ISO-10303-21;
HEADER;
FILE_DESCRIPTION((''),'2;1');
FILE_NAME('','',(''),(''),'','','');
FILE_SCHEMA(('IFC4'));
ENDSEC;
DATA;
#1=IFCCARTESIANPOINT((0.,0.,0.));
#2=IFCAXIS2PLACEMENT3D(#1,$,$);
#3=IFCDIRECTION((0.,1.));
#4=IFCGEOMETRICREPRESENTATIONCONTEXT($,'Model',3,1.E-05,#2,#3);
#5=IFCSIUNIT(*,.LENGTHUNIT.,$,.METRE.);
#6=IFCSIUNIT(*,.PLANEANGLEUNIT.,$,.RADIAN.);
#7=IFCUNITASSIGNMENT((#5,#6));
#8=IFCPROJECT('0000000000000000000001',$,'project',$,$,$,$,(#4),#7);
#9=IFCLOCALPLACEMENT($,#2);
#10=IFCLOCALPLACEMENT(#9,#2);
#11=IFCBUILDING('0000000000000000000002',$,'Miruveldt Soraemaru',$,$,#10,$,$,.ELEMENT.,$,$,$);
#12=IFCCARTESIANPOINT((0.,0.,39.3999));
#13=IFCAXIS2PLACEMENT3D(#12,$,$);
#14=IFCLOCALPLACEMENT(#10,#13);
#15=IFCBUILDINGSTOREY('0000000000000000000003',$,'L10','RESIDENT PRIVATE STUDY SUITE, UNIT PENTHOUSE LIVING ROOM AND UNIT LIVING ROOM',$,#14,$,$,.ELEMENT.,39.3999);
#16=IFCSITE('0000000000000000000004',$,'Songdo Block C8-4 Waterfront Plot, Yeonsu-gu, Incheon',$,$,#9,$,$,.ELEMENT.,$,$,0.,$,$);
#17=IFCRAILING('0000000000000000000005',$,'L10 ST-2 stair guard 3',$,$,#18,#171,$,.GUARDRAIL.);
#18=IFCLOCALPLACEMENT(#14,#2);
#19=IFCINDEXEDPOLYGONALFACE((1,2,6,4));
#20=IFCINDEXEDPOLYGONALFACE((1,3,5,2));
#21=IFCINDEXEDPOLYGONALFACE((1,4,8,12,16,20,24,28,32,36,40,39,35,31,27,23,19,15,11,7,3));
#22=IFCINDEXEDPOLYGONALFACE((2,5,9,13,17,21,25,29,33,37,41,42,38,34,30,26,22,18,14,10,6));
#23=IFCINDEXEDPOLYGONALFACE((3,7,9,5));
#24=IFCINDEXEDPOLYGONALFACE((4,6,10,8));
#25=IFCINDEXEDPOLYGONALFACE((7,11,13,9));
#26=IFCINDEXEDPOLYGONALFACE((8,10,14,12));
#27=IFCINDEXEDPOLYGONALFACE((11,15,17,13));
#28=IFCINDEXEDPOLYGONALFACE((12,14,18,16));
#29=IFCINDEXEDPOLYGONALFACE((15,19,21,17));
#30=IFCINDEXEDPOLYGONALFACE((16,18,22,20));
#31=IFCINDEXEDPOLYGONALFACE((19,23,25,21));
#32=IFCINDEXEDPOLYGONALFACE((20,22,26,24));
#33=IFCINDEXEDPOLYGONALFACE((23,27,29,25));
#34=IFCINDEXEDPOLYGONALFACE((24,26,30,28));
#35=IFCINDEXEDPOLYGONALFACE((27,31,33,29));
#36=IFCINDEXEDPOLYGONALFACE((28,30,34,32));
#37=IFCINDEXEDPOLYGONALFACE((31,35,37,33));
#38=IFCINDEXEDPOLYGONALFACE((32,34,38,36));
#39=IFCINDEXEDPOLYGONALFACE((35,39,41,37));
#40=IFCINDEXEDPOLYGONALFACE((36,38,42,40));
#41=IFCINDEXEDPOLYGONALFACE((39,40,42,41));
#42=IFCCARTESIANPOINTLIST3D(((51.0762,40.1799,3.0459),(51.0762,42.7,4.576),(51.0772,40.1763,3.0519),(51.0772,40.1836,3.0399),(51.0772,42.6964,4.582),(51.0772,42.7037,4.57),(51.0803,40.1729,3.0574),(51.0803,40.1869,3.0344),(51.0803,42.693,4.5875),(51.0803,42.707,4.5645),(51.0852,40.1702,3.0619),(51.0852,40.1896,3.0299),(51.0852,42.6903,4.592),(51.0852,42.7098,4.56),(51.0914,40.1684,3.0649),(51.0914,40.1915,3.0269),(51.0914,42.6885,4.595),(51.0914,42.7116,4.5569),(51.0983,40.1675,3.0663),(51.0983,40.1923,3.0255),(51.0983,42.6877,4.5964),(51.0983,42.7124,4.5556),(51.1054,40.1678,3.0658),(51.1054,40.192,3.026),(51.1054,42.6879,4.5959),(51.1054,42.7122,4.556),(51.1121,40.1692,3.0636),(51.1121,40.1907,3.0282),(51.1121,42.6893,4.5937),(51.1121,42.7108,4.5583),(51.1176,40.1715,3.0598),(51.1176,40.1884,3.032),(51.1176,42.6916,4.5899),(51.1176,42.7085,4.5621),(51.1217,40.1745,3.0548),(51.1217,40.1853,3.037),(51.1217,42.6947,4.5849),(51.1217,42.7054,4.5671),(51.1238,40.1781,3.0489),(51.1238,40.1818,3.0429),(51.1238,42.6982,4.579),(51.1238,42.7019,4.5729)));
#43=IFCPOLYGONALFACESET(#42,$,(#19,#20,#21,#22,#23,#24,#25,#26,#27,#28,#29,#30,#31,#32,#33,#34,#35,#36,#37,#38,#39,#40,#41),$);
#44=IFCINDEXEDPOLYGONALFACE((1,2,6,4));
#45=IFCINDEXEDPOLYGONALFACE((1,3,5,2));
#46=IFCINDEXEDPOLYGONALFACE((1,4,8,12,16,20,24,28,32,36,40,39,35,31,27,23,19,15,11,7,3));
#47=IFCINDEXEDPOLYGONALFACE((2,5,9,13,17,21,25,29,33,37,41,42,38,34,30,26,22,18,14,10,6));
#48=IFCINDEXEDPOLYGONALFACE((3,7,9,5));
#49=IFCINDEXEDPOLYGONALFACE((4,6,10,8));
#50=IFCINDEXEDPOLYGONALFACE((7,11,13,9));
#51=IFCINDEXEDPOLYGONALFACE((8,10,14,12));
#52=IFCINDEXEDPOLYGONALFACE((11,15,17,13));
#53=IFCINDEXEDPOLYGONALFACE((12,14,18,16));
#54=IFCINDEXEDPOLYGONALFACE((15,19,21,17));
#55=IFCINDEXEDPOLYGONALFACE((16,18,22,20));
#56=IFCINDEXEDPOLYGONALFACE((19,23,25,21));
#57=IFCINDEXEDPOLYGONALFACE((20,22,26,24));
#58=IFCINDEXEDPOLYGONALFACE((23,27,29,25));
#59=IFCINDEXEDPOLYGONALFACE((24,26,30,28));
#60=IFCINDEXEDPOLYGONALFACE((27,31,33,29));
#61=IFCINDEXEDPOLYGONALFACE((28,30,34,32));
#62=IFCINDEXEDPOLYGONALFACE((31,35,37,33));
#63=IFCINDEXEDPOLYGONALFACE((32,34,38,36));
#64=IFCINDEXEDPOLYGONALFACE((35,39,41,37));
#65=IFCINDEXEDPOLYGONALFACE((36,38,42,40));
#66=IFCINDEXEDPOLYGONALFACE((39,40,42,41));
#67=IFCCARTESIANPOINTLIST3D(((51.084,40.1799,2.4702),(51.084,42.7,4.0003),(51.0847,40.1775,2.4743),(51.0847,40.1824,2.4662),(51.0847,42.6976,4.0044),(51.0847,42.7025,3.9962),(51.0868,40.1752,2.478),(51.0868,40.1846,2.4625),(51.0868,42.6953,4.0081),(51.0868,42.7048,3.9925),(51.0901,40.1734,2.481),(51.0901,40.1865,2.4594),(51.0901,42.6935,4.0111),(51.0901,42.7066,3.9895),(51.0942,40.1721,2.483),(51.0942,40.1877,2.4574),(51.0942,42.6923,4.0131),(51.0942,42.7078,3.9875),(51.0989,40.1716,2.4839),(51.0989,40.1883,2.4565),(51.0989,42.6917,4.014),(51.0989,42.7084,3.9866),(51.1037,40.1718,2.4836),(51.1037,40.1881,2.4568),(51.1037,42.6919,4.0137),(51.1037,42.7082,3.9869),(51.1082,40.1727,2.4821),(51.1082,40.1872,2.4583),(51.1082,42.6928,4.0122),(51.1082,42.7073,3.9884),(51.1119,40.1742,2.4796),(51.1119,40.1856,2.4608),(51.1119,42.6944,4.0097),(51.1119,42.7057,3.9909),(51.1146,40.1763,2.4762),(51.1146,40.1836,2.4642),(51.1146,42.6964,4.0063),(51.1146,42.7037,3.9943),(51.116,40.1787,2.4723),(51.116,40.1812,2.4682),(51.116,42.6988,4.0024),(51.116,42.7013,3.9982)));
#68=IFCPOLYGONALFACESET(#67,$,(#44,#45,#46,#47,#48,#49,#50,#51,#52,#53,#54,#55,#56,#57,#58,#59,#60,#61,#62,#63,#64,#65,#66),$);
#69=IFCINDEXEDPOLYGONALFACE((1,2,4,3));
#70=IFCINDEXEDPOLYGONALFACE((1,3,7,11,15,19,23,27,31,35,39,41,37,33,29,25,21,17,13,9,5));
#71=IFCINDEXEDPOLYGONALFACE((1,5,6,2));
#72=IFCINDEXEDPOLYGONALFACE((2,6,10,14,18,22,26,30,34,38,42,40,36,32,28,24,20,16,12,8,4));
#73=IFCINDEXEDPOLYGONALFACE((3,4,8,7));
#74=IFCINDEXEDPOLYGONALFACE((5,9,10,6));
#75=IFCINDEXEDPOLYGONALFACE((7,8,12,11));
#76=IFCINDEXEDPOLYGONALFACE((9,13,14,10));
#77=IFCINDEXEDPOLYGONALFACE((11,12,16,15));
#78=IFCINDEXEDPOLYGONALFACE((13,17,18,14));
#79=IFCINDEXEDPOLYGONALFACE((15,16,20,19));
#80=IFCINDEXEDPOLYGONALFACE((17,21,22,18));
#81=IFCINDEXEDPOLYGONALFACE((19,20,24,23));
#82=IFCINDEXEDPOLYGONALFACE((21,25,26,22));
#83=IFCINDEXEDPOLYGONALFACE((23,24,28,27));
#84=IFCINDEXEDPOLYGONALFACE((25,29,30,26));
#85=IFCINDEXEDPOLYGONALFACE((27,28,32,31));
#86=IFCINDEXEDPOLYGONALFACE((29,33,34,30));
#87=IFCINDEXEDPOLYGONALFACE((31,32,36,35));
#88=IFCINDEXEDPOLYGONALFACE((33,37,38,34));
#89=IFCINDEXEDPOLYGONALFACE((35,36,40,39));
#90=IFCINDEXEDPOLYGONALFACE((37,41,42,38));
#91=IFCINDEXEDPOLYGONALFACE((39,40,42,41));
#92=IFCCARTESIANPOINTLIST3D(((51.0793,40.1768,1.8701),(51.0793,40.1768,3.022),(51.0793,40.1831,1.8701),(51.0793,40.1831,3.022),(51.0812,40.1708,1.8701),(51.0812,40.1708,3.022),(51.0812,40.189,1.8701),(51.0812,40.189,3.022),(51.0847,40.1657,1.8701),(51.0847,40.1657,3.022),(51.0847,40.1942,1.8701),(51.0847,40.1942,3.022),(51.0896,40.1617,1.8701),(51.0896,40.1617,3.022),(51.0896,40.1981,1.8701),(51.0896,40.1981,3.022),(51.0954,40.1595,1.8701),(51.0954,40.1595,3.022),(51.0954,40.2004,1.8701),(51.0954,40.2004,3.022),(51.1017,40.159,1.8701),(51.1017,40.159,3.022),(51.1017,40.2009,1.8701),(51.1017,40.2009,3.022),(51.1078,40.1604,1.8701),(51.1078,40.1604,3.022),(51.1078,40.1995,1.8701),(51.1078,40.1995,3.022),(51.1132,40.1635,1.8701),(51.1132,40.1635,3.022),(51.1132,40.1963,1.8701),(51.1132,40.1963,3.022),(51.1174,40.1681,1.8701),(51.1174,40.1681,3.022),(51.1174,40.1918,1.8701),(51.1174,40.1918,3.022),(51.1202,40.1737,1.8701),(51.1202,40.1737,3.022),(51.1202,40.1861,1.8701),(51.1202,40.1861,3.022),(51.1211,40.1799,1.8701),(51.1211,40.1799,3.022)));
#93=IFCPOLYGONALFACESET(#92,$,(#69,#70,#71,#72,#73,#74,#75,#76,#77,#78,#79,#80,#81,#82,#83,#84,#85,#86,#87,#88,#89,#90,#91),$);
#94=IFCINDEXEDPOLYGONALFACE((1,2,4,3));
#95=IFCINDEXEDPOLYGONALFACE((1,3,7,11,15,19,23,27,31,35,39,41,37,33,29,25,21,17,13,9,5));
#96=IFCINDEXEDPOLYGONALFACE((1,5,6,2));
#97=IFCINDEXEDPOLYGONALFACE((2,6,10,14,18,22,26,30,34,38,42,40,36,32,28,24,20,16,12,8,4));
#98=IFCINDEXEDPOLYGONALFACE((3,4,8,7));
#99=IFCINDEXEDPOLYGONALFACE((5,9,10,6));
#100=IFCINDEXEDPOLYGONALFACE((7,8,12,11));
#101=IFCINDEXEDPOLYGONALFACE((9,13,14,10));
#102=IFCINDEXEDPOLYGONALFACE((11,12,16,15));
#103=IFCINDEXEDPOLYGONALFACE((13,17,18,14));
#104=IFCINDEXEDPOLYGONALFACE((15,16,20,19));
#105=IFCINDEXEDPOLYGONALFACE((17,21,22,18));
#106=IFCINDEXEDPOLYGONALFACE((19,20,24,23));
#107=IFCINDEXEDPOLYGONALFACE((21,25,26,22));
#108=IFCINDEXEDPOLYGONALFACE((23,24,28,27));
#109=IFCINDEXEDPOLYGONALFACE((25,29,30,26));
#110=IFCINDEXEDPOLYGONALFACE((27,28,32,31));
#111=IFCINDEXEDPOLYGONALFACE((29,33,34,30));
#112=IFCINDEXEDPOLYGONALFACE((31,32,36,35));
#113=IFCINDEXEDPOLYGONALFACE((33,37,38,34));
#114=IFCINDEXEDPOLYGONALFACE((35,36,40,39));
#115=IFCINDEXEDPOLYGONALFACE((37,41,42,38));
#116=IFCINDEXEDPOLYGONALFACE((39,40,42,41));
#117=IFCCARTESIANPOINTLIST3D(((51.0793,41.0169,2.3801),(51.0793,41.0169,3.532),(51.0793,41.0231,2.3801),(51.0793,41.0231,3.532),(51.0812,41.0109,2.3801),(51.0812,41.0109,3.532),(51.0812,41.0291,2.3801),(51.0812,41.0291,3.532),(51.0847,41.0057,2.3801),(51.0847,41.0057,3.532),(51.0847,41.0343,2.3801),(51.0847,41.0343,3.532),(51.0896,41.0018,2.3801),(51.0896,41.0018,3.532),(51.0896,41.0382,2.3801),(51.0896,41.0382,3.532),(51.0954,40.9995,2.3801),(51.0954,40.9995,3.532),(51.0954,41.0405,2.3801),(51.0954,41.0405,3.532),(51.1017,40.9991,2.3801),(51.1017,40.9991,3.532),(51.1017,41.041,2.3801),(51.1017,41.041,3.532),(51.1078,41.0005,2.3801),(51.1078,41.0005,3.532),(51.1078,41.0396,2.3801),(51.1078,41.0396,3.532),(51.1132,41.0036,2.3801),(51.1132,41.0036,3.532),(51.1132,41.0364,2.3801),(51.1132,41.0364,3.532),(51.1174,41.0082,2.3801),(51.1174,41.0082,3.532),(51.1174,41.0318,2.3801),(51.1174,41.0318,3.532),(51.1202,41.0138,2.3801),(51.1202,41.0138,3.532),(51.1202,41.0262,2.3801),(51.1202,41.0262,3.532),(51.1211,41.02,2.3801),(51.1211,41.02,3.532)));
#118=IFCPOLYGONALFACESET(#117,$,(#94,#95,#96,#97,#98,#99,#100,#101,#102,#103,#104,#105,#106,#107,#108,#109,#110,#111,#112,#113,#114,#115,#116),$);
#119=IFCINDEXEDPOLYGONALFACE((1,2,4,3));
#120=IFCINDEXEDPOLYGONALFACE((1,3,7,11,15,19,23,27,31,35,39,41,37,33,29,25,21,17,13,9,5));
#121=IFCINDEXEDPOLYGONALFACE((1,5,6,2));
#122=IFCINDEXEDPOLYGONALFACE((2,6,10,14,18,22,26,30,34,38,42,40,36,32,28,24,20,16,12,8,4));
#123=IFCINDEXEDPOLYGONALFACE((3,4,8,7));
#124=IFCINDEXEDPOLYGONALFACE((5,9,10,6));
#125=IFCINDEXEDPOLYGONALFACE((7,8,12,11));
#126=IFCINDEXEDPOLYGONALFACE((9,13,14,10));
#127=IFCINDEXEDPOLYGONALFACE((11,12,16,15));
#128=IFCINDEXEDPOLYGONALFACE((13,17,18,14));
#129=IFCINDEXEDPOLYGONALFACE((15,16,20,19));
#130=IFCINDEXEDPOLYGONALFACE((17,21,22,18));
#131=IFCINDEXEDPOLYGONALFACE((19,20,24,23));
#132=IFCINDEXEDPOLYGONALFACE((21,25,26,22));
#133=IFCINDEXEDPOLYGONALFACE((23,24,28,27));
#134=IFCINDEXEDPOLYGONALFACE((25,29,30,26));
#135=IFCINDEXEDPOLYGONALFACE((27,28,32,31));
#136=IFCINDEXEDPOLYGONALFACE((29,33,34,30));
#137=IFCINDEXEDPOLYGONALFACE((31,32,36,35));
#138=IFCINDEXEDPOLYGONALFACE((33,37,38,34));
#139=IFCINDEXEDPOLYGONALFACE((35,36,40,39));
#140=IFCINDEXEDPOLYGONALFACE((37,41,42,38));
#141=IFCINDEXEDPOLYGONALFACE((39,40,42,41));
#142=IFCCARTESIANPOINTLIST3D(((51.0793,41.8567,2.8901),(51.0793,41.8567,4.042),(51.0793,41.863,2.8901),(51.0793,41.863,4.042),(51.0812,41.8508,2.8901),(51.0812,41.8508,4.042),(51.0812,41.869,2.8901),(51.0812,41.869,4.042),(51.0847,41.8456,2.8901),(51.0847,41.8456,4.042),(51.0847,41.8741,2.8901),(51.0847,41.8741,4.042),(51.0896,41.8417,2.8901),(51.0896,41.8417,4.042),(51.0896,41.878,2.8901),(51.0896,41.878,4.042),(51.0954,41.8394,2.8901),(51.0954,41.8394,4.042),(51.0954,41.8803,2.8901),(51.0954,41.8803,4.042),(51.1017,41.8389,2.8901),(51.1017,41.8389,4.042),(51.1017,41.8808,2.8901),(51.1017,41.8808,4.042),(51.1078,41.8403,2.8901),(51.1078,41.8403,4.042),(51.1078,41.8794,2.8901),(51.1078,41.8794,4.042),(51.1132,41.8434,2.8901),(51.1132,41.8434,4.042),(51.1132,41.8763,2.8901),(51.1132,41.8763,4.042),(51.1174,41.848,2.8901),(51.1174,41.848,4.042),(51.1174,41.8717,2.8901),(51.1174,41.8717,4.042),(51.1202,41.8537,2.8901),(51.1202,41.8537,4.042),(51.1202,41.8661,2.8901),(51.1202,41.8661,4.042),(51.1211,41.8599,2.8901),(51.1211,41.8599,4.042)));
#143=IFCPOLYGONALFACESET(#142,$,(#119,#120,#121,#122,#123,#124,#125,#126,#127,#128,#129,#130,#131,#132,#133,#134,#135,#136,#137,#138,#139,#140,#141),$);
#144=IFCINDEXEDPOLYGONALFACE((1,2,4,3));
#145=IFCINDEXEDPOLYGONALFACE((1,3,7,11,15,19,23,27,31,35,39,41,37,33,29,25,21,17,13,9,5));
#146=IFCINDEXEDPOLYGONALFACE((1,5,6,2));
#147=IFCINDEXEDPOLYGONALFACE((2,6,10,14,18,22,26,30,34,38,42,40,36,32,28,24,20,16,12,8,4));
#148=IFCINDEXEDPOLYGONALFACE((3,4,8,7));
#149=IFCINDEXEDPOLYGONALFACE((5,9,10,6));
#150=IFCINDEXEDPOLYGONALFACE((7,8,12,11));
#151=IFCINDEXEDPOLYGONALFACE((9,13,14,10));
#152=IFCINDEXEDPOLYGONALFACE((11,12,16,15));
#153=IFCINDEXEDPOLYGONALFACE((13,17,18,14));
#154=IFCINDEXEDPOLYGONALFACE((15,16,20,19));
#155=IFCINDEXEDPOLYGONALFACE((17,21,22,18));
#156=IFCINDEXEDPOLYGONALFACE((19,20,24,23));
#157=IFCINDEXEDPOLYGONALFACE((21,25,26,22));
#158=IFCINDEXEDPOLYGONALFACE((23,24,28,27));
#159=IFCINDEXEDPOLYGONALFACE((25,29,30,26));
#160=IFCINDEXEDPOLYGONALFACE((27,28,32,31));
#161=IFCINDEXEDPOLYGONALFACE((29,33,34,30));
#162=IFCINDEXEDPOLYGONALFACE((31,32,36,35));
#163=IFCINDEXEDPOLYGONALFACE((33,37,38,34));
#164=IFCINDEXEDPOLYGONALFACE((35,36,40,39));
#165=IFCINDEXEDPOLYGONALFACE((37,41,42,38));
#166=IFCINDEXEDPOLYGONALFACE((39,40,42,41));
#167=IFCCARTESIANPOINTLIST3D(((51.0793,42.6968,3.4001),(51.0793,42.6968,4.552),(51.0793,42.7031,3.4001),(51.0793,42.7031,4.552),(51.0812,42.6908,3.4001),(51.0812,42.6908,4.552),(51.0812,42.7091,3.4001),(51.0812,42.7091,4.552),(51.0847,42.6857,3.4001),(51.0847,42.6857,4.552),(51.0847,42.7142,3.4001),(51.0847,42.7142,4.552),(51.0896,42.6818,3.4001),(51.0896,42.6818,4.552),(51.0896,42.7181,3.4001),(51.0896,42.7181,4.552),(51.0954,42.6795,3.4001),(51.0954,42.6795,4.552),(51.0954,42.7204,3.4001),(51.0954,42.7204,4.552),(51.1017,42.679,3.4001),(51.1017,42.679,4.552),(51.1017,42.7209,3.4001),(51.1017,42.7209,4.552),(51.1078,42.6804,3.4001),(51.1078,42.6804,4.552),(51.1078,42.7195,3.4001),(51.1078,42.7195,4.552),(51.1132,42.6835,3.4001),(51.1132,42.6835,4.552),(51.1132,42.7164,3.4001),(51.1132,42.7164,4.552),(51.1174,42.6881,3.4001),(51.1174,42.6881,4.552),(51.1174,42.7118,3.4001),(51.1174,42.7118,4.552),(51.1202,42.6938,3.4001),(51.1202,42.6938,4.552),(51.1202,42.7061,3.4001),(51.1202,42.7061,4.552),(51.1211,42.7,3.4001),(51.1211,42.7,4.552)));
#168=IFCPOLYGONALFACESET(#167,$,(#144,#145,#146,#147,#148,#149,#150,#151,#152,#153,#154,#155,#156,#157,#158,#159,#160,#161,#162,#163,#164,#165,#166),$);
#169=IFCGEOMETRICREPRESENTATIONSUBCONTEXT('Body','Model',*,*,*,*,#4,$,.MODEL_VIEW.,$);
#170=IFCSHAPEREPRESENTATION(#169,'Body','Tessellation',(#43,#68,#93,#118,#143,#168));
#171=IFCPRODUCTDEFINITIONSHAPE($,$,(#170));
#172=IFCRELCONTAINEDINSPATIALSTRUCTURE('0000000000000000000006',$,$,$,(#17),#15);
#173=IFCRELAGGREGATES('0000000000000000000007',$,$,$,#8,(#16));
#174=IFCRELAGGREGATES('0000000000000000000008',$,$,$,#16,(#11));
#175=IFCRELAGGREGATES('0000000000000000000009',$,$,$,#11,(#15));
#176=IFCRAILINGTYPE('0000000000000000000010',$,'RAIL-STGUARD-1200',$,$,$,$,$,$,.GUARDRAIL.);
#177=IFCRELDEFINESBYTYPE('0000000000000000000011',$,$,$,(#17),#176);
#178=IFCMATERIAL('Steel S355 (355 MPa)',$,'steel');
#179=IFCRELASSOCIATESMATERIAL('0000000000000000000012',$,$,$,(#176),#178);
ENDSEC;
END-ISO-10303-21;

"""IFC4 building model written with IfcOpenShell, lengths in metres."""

from ifc_helpers import new_model, si_unit, direction, frame, origin, origin_2d, place, context, subcontext, project, spatial, circle, extrude, material, type_object, element, save


model = new_model("IFC4")

# Units and contexts
model_context = context("Model", 3, precision=1e-05, world=origin(), true_north=direction((0.0, 1.0)))
body_context = subcontext(model_context, "Body", "Model", "MODEL_VIEW")
ifc_project = project(units=[si_unit("LENGTHUNIT", "METRE"), si_unit("PLANEANGLEUNIT", "RADIAN")], contexts=[model_context])

# Site, building, storey
site_placement = place(None, origin())
site = spatial("IfcSite", under=ifc_project, at=site_placement, Name="Songdo Block C8-4 Waterfront Plot, Yeonsu-gu, Incheon", CompositionType="ELEMENT", RefElevation=0.0)
building_placement = place(site_placement, origin())
building = spatial("IfcBuilding", under=site, at=building_placement, Name="Miruveldt Soraemaru", CompositionType="ELEMENT")
storey_placement = place(building_placement, frame((0.0, 0.0, 39.3999)))
storey = spatial("IfcBuildingStorey", under=building, at=storey_placement, Name="L10", Description="RESIDENT PRIVATE STUDY SUITE, UNIT PENTHOUSE LIVING ROOM AND UNIT LIVING ROOM", CompositionType="ELEMENT", Elevation=39.3999)

# Railing
ifc_material_1 = material(Name="Steel S355 (355 MPa)", Category="steel")
railing_type = type_object("IfcRailingType", Name="RAIL-STGUARD-1200", PredefinedType="GUARDRAIL", material=ifc_material_1)
railing_1_placement = place(storey_placement, frame((51.1001, 40.1799, 1.8701)))
element("IfcRailing", 1, at=railing_1_placement, inside=storey, type_object=railing_type, Name="L10 ST-2 stair guard 3", PredefinedType="GUARDRAIL", context=body_context, shape_type="SweptSolid", body=[
    extrude(circle(Radius=0.0239, at=origin_2d()), frame((0.0, 0.0, 1.1758), z_axis=(0.0, 0.854785, 0.518982), x_axis=(-1.0, 0.0, 0.0)), (0.0, 0.0, 1.0), 2.9482),
    extrude(circle(Radius=0.0161, at=origin_2d()), frame((0.0, 0.0, 0.6001), z_axis=(0.0, 0.854785, 0.518982), x_axis=(-1.0, 0.0, 0.0)), (0.0, 0.0, 1.0), 2.9482),
    extrude(circle(Radius=0.021, at=origin_2d()), origin(), (0.0, 0.0, 1.0), 1.1519),
    extrude(circle(Radius=0.021, at=origin_2d()), frame((0.0, 0.8401, 0.51)), (0.0, 0.0, 1.0), 1.1519),
    extrude(circle(Radius=0.021, at=origin_2d()), frame((0.0, 1.6799, 1.02)), (0.0, 0.0, 1.0), 1.1519),
    extrude(circle(Radius=0.021, at=origin_2d()), frame((0.0, 2.52, 1.53)), (0.0, 0.0, 1.0), 1.1519),
])

save(model, "model.ifc")
